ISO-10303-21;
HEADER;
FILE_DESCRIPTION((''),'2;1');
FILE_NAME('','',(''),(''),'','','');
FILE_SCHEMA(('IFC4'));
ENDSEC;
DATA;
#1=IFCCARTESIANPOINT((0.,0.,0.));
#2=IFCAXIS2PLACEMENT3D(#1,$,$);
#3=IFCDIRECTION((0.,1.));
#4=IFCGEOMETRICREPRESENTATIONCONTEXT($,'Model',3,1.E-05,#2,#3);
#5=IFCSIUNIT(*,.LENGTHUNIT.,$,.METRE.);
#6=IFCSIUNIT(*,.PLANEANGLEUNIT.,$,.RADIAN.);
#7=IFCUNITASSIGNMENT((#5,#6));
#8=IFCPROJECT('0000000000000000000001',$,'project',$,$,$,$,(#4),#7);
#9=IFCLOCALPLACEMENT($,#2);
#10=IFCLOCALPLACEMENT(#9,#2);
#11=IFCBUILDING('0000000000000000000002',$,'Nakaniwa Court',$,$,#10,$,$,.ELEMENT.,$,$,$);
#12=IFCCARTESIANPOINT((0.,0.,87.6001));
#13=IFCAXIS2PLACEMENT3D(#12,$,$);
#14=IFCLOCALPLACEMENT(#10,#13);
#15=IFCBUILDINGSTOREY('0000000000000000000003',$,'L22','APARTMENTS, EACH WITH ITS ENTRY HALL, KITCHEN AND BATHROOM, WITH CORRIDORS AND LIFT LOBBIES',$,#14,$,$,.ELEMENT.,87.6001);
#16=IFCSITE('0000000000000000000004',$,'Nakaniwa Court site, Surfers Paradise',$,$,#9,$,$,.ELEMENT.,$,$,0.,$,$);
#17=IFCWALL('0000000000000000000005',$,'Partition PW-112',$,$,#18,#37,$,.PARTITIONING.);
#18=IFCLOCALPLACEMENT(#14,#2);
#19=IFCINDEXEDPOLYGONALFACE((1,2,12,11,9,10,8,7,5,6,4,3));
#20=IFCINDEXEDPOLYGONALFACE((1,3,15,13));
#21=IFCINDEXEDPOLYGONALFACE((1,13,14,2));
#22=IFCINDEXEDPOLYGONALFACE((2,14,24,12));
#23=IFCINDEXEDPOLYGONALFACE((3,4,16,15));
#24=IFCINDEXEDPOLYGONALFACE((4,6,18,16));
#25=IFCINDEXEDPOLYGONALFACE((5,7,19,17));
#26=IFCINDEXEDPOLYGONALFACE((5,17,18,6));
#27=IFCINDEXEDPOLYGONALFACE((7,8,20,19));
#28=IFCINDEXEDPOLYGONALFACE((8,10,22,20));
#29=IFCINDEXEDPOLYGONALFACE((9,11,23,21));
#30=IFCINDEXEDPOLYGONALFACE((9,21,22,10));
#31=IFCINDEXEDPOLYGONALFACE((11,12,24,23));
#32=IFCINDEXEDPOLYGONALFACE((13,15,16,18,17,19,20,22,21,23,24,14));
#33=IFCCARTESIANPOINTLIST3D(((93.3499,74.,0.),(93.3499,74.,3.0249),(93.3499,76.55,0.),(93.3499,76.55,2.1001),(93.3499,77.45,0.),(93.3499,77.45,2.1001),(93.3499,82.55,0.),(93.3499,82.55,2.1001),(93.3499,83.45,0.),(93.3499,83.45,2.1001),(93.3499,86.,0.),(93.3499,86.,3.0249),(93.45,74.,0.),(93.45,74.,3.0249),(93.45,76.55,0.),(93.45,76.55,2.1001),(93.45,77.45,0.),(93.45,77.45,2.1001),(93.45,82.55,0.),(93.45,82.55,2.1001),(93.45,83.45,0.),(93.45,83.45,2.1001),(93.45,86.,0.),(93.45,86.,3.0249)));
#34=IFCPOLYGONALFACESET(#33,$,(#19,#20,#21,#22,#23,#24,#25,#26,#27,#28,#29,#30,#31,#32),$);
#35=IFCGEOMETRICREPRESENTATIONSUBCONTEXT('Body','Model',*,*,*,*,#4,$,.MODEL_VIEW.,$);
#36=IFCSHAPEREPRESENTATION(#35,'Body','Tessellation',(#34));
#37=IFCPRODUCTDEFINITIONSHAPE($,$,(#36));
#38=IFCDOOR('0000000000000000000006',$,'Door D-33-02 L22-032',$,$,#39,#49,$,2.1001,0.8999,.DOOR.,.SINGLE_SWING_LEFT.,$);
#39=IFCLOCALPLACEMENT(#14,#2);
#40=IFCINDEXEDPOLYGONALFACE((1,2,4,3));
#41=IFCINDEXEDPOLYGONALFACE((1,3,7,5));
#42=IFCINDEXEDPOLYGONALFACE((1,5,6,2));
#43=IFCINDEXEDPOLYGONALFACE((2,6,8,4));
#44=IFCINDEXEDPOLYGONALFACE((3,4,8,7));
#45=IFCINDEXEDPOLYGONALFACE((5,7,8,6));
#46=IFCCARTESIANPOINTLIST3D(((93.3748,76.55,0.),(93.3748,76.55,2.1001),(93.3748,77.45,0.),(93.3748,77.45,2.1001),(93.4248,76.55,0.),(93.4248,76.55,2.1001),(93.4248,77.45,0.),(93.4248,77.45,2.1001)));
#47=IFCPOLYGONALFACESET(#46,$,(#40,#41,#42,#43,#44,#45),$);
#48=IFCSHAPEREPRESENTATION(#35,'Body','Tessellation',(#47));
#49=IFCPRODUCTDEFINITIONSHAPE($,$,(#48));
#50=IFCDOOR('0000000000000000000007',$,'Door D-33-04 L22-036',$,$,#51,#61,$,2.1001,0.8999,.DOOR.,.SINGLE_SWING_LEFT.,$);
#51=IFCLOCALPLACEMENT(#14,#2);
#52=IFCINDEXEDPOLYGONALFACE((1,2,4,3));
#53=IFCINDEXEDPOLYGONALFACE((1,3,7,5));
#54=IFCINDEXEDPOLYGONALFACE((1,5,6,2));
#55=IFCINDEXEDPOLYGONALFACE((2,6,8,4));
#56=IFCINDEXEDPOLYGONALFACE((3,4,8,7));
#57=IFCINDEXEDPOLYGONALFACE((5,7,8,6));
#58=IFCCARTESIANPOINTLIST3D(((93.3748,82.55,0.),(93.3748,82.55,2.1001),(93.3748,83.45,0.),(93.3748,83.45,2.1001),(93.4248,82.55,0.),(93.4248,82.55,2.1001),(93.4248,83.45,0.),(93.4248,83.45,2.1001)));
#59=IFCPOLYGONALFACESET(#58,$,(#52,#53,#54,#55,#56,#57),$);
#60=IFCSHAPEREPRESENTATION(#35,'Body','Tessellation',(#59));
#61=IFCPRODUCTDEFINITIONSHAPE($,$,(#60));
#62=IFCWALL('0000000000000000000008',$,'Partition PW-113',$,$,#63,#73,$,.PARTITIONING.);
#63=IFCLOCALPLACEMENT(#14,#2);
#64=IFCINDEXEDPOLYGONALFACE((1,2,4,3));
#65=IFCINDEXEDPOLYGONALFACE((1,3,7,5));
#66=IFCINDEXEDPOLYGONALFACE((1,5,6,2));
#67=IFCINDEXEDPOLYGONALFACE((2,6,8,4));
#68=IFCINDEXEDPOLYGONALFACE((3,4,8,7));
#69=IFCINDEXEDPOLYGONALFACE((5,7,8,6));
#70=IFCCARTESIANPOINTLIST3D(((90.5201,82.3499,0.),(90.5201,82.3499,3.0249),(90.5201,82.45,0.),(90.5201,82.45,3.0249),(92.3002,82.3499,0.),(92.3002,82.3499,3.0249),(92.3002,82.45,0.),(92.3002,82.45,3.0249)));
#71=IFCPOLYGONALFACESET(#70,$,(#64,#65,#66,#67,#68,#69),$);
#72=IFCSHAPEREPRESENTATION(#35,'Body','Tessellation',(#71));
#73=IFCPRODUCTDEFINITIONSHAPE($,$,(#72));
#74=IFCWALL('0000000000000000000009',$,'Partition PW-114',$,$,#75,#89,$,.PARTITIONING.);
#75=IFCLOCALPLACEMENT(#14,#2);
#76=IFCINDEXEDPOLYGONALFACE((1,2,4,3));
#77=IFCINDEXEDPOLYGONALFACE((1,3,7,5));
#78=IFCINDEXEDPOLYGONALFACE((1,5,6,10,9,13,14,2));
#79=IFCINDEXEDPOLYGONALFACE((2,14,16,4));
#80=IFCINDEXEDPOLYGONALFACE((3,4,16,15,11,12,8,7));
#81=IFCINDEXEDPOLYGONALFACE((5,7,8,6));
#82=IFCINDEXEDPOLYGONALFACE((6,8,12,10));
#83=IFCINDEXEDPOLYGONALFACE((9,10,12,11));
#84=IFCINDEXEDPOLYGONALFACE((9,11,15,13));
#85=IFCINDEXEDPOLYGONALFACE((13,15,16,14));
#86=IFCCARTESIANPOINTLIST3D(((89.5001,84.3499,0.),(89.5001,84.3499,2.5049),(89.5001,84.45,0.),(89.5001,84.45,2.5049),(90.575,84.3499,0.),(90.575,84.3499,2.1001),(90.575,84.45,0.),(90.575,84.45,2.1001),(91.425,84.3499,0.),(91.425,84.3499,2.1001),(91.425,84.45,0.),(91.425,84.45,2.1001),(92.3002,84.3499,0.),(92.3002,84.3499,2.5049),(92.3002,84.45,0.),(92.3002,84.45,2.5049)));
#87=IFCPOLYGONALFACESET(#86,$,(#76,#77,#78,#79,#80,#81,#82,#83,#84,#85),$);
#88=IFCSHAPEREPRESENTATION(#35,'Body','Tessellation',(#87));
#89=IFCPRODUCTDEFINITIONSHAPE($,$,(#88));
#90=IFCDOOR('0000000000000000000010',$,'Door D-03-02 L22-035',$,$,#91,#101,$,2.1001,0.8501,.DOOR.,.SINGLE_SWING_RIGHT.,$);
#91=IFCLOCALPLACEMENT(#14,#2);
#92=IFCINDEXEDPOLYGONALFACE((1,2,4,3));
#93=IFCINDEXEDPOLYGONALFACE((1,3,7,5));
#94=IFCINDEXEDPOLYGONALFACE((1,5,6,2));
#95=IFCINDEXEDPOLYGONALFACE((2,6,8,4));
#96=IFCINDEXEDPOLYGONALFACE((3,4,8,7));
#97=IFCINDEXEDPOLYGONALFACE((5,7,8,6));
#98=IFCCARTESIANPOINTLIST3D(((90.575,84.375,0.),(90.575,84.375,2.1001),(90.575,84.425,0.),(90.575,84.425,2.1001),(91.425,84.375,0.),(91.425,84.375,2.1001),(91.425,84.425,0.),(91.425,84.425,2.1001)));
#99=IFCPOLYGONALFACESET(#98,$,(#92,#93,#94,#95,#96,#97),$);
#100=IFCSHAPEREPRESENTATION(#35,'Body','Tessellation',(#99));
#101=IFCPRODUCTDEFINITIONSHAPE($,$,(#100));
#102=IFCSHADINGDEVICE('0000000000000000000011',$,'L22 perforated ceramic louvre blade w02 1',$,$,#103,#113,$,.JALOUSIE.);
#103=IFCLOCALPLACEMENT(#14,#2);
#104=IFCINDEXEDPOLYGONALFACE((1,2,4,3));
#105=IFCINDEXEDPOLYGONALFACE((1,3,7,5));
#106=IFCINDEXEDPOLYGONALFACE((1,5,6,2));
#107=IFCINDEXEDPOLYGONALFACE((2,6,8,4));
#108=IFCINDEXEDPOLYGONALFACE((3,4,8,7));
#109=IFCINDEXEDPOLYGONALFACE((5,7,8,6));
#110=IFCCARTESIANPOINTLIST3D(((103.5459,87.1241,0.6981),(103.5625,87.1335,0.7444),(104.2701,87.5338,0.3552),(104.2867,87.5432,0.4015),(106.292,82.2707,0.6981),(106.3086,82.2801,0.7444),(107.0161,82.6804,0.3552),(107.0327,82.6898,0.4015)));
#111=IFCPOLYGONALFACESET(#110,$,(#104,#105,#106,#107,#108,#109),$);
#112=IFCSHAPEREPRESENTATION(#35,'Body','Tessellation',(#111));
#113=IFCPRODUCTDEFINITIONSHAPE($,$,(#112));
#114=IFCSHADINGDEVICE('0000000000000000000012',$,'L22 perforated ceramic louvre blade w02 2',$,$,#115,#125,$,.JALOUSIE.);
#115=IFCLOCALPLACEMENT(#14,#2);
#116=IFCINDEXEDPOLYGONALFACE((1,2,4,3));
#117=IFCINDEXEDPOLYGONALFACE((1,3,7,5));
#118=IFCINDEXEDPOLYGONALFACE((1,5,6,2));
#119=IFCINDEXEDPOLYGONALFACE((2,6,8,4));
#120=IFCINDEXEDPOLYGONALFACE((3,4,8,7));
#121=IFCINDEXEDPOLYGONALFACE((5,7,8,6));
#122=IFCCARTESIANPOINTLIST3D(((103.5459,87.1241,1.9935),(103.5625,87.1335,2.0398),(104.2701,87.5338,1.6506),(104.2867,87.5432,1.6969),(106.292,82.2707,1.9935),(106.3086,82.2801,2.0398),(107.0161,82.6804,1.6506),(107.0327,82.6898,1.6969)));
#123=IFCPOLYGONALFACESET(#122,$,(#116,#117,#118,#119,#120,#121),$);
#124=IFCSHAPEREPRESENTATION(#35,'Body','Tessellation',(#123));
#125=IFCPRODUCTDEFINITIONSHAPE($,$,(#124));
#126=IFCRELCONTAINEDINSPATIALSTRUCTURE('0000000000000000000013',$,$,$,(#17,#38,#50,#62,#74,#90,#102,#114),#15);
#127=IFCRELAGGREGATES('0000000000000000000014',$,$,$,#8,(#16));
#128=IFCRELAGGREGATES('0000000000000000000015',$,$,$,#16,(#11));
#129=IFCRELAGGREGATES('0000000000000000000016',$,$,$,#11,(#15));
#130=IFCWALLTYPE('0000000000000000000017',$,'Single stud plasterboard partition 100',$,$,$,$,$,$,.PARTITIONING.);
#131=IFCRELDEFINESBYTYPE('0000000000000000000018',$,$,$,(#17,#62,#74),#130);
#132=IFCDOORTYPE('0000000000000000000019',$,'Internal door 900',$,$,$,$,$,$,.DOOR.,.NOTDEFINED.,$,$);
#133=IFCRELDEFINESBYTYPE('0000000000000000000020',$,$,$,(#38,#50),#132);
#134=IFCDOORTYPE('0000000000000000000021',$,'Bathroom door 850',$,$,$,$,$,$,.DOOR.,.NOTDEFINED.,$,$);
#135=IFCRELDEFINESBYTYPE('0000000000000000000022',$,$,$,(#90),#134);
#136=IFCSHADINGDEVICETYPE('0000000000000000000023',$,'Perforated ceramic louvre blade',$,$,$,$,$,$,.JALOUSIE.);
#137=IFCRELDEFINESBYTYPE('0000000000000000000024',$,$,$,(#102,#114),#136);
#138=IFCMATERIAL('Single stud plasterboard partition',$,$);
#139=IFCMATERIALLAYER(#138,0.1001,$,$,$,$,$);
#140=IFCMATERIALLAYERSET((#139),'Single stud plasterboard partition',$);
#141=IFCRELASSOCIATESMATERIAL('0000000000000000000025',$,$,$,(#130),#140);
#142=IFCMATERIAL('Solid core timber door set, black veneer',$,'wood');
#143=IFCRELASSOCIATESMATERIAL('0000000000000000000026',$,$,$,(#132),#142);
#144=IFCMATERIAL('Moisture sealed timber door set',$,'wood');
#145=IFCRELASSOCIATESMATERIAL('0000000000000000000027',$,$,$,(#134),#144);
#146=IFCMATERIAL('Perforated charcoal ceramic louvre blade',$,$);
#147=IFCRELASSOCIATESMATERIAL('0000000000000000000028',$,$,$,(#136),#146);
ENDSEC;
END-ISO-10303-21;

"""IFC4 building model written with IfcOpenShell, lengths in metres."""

from ifc_helpers import new_model, si_unit, direction, frame, frame_2d, origin, origin_2d, place, context, subcontext, project, spatial, rectangle, extrude, material, layer, layer_set, material_profile, profile_set, type_object, element, fill, save


model = new_model("IFC4")

# Units and contexts
model_context = context("Model", 3, precision=1e-05, world=origin(), true_north=direction((0.0, 1.0)))
body_context = subcontext(model_context, "Body", "Model", "MODEL_VIEW")
ifc_project = project(units=[si_unit("LENGTHUNIT", "METRE"), si_unit("PLANEANGLEUNIT", "RADIAN")], contexts=[model_context])

# Site, building, storey
site_placement = place(None, origin())
site = spatial("IfcSite", under=ifc_project, at=site_placement, Name="Nakaniwa Court site, Surfers Paradise", CompositionType="ELEMENT", RefElevation=0.0)
building_placement = place(site_placement, origin())
building = spatial("IfcBuilding", under=site, at=building_placement, Name="Nakaniwa Court", CompositionType="ELEMENT")
storey_placement = place(building_placement, frame((0.0, 0.0, 87.6001)))
storey = spatial("IfcBuildingStorey", under=building, at=storey_placement, Name="L22", Description="APARTMENTS, EACH WITH ITS ENTRY HALL, KITCHEN AND BATHROOM, WITH CORRIDORS AND LIFT LOBBIES", CompositionType="ELEMENT", Elevation=87.6001)

# Wall, openings, doors
ifc_material_1 = material(Name="Single stud plasterboard partition")
ifc_layer_1 = layer(ifc_material_1, 0.1001)
ifc_layer_set_1 = layer_set([ifc_layer_1], Name="Single stud plasterboard partition")
wall_type_1 = type_object("IfcWallType", Name="Single stud plasterboard partition 100", PredefinedType="PARTITIONING", material=ifc_layer_set_1)
wall_1_placement = place(storey_placement, frame((93.3999, 86.0, 0.0), z_axis=(0.0, 0.0, 1.0), x_axis=(0.0, -1.0, 0.0)))
wall_1 = element("IfcWall", 1, at=wall_1_placement, inside=storey, type_object=wall_type_1, Name="Partition PW-112", PredefinedType="PARTITIONING", context=body_context, shape_type="SweptSolid", body=[
    extrude(rectangle(XDim=12.0, YDim=0.1001, at=frame_2d((6.0, 0.0))), origin(), (0.0, 0.0, 1.0), 3.0249),
])
opening_1_placement = place(wall_1_placement, frame((8.55, 0.0, 0.0)))
opening_1 = element("IfcOpeningElement", 2, at=opening_1_placement, cuts=wall_1, PredefinedType="OPENING", context=body_context, shape_type="SweptSolid", body=[
    extrude(rectangle(XDim=0.8999, YDim=2.1001, at=frame_2d((0.45, 1.05))), frame((0.0, 0.0601, 0.0), z_axis=(0.0, -1.0, 0.0), x_axis=(1.0, 0.0, 0.0)), (0.0, 0.0, 1.0), 0.1201),
])
opening_2_placement = place(wall_1_placement, frame((2.55, 0.0, 0.0)))
opening_2 = element("IfcOpeningElement", 3, at=opening_2_placement, cuts=wall_1, PredefinedType="OPENING", context=body_context, shape_type="SweptSolid", body=[
    extrude(rectangle(XDim=0.8999, YDim=2.1001, at=frame_2d((0.45, 1.05))), frame((0.0, 0.0601, 0.0), z_axis=(0.0, -1.0, 0.0), x_axis=(1.0, 0.0, 0.0)), (0.0, 0.0, 1.0), 0.1201),
])
ifc_material_2 = material(Name="Solid core timber door set, black veneer", Category="wood")
door_type_1 = type_object("IfcDoorType", Name="Internal door 900", OperationType="NOTDEFINED", PredefinedType="DOOR", material=ifc_material_2)
door_1_placement = place(opening_1_placement, origin())
door_1 = element("IfcDoor", 4, at=door_1_placement, inside=storey, type_object=door_type_1, Name="Door D-33-02 L22-032", OperationType="SINGLE_SWING_LEFT", OverallHeight=2.1001, OverallWidth=0.8999, PredefinedType="DOOR", context=body_context, shape_type="SweptSolid", body=[
    extrude(rectangle(XDim=0.8999, YDim=2.1001, at=frame_2d((0.45, 1.05))), frame((0.0, 0.0249, 0.0), z_axis=(0.0, -1.0, 0.0), x_axis=(1.0, 0.0, 0.0)), (0.0, 0.0, 1.0), 0.05),
])
fill(opening_1, door_1)
door_2_placement = place(opening_2_placement, origin())
door_2 = element("IfcDoor", 5, at=door_2_placement, inside=storey, type_object=door_type_1, Name="Door D-33-04 L22-036", OperationType="SINGLE_SWING_LEFT", OverallHeight=2.1001, OverallWidth=0.8999, PredefinedType="DOOR", context=body_context, shape_type="SweptSolid", body=[
    extrude(rectangle(XDim=0.8999, YDim=2.1001, at=frame_2d((0.45, 1.05))), frame((0.0, 0.0249, 0.0), z_axis=(0.0, -1.0, 0.0), x_axis=(1.0, 0.0, 0.0)), (0.0, 0.0, 1.0), 0.05),
])
fill(opening_2, door_2)

# Wall
wall_2_placement = place(storey_placement, frame((90.52, 82.3999, 0.0), z_axis=(0.0, 0.0, 1.0), x_axis=(1.0, 0.0, 0.0)))
element("IfcWall", 6, at=wall_2_placement, inside=storey, type_object=wall_type_1, Name="Partition PW-113", PredefinedType="PARTITIONING", context=body_context, shape_type="SweptSolid", body=[
    extrude(rectangle(XDim=1.78, YDim=0.1001, at=frame_2d((0.8901, 0.0))), origin(), (0.0, 0.0, 1.0), 3.0249),
])

# Wall, opening, door
wall_3_placement = place(storey_placement, frame((92.3, 84.3999, 0.0), z_axis=(0.0, 0.0, 1.0), x_axis=(-1.0, 0.0, 0.0)))
wall_3 = element("IfcWall", 7, at=wall_3_placement, inside=storey, type_object=wall_type_1, Name="Partition PW-114", PredefinedType="PARTITIONING", context=body_context, shape_type="SweptSolid", body=[
    extrude(rectangle(XDim=2.8, YDim=0.1001, at=frame_2d((1.3999, 0.0))), origin(), (0.0, 0.0, 1.0), 2.5049),
])
opening_3_placement = place(wall_3_placement, frame((0.875, 0.0, 0.0)))
opening_3 = element("IfcOpeningElement", 8, at=opening_3_placement, cuts=wall_3, PredefinedType="OPENING", context=body_context, shape_type="SweptSolid", body=[
    extrude(rectangle(XDim=0.8501, YDim=2.1001, at=frame_2d((0.425, 1.05))), frame((0.0, 0.0601, 0.0), z_axis=(0.0, -1.0, 0.0), x_axis=(1.0, 0.0, 0.0)), (0.0, 0.0, 1.0), 0.1201),
])
ifc_material_3 = material(Name="Moisture sealed timber door set", Category="wood")
door_type_2 = type_object("IfcDoorType", Name="Bathroom door 850", OperationType="NOTDEFINED", PredefinedType="DOOR", material=ifc_material_3)
door_3_placement = place(opening_3_placement, origin())
door_3 = element("IfcDoor", 9, at=door_3_placement, inside=storey, type_object=door_type_2, Name="Door D-03-02 L22-035", OperationType="SINGLE_SWING_RIGHT", OverallHeight=2.1001, OverallWidth=0.8501, PredefinedType="DOOR", context=body_context, shape_type="SweptSolid", body=[
    extrude(rectangle(XDim=0.8501, YDim=2.1001, at=frame_2d((0.425, 1.05))), frame((0.0, 0.0249, 0.0), z_axis=(0.0, -1.0, 0.0), x_axis=(1.0, 0.0, 0.0)), (0.0, 0.0, 1.0), 0.05),
])
fill(opening_3, door_3)

# Shading devices
ifc_material_4 = material(Name="Perforated charcoal ceramic louvre blade")
ifc_material_profile_1 = material_profile(ifc_material_4, rectangle(XDim=0.8999, YDim=0.05, at=origin_2d()), Name="Perforated ceramic louvre blade")
ifc_profile_set_1 = profile_set([ifc_material_profile_1], Name="Perforated charcoal ceramic louvre blade")
shading_device_type = type_object("IfcShadingDeviceType", Name="Perforated ceramic louvre blade", PredefinedType="JALOUSIE", material=ifc_profile_set_1)
for number, where, z_axis, x_axis, name in (
    (10, (106.6624, 82.4802, 0.5498), (-0.492438, 0.870347, 0.0), (-0.804676, -0.455282, 0.38107), "L22 perforated ceramic louvre blade w02 1"),
    (11, (106.6624, 82.4802, 1.8452), (-0.492438, 0.870347, 0.0), (-0.804676, -0.455282, 0.38107), "L22 perforated ceramic louvre blade w02 2"),
):
    element("IfcShadingDevice", number, at=place(storey_placement, frame(where, z_axis=z_axis, x_axis=x_axis)), inside=storey, type_object=shading_device_type, Name=name, PredefinedType="JALOUSIE", context=body_context, shape_type="SweptSolid", body=[
        extrude(rectangle(XDim=0.8999, YDim=0.05, at=origin_2d()), origin(), (0.0, 0.0, 1.0), 5.5764),
    ])

save(model, "model.ifc")
